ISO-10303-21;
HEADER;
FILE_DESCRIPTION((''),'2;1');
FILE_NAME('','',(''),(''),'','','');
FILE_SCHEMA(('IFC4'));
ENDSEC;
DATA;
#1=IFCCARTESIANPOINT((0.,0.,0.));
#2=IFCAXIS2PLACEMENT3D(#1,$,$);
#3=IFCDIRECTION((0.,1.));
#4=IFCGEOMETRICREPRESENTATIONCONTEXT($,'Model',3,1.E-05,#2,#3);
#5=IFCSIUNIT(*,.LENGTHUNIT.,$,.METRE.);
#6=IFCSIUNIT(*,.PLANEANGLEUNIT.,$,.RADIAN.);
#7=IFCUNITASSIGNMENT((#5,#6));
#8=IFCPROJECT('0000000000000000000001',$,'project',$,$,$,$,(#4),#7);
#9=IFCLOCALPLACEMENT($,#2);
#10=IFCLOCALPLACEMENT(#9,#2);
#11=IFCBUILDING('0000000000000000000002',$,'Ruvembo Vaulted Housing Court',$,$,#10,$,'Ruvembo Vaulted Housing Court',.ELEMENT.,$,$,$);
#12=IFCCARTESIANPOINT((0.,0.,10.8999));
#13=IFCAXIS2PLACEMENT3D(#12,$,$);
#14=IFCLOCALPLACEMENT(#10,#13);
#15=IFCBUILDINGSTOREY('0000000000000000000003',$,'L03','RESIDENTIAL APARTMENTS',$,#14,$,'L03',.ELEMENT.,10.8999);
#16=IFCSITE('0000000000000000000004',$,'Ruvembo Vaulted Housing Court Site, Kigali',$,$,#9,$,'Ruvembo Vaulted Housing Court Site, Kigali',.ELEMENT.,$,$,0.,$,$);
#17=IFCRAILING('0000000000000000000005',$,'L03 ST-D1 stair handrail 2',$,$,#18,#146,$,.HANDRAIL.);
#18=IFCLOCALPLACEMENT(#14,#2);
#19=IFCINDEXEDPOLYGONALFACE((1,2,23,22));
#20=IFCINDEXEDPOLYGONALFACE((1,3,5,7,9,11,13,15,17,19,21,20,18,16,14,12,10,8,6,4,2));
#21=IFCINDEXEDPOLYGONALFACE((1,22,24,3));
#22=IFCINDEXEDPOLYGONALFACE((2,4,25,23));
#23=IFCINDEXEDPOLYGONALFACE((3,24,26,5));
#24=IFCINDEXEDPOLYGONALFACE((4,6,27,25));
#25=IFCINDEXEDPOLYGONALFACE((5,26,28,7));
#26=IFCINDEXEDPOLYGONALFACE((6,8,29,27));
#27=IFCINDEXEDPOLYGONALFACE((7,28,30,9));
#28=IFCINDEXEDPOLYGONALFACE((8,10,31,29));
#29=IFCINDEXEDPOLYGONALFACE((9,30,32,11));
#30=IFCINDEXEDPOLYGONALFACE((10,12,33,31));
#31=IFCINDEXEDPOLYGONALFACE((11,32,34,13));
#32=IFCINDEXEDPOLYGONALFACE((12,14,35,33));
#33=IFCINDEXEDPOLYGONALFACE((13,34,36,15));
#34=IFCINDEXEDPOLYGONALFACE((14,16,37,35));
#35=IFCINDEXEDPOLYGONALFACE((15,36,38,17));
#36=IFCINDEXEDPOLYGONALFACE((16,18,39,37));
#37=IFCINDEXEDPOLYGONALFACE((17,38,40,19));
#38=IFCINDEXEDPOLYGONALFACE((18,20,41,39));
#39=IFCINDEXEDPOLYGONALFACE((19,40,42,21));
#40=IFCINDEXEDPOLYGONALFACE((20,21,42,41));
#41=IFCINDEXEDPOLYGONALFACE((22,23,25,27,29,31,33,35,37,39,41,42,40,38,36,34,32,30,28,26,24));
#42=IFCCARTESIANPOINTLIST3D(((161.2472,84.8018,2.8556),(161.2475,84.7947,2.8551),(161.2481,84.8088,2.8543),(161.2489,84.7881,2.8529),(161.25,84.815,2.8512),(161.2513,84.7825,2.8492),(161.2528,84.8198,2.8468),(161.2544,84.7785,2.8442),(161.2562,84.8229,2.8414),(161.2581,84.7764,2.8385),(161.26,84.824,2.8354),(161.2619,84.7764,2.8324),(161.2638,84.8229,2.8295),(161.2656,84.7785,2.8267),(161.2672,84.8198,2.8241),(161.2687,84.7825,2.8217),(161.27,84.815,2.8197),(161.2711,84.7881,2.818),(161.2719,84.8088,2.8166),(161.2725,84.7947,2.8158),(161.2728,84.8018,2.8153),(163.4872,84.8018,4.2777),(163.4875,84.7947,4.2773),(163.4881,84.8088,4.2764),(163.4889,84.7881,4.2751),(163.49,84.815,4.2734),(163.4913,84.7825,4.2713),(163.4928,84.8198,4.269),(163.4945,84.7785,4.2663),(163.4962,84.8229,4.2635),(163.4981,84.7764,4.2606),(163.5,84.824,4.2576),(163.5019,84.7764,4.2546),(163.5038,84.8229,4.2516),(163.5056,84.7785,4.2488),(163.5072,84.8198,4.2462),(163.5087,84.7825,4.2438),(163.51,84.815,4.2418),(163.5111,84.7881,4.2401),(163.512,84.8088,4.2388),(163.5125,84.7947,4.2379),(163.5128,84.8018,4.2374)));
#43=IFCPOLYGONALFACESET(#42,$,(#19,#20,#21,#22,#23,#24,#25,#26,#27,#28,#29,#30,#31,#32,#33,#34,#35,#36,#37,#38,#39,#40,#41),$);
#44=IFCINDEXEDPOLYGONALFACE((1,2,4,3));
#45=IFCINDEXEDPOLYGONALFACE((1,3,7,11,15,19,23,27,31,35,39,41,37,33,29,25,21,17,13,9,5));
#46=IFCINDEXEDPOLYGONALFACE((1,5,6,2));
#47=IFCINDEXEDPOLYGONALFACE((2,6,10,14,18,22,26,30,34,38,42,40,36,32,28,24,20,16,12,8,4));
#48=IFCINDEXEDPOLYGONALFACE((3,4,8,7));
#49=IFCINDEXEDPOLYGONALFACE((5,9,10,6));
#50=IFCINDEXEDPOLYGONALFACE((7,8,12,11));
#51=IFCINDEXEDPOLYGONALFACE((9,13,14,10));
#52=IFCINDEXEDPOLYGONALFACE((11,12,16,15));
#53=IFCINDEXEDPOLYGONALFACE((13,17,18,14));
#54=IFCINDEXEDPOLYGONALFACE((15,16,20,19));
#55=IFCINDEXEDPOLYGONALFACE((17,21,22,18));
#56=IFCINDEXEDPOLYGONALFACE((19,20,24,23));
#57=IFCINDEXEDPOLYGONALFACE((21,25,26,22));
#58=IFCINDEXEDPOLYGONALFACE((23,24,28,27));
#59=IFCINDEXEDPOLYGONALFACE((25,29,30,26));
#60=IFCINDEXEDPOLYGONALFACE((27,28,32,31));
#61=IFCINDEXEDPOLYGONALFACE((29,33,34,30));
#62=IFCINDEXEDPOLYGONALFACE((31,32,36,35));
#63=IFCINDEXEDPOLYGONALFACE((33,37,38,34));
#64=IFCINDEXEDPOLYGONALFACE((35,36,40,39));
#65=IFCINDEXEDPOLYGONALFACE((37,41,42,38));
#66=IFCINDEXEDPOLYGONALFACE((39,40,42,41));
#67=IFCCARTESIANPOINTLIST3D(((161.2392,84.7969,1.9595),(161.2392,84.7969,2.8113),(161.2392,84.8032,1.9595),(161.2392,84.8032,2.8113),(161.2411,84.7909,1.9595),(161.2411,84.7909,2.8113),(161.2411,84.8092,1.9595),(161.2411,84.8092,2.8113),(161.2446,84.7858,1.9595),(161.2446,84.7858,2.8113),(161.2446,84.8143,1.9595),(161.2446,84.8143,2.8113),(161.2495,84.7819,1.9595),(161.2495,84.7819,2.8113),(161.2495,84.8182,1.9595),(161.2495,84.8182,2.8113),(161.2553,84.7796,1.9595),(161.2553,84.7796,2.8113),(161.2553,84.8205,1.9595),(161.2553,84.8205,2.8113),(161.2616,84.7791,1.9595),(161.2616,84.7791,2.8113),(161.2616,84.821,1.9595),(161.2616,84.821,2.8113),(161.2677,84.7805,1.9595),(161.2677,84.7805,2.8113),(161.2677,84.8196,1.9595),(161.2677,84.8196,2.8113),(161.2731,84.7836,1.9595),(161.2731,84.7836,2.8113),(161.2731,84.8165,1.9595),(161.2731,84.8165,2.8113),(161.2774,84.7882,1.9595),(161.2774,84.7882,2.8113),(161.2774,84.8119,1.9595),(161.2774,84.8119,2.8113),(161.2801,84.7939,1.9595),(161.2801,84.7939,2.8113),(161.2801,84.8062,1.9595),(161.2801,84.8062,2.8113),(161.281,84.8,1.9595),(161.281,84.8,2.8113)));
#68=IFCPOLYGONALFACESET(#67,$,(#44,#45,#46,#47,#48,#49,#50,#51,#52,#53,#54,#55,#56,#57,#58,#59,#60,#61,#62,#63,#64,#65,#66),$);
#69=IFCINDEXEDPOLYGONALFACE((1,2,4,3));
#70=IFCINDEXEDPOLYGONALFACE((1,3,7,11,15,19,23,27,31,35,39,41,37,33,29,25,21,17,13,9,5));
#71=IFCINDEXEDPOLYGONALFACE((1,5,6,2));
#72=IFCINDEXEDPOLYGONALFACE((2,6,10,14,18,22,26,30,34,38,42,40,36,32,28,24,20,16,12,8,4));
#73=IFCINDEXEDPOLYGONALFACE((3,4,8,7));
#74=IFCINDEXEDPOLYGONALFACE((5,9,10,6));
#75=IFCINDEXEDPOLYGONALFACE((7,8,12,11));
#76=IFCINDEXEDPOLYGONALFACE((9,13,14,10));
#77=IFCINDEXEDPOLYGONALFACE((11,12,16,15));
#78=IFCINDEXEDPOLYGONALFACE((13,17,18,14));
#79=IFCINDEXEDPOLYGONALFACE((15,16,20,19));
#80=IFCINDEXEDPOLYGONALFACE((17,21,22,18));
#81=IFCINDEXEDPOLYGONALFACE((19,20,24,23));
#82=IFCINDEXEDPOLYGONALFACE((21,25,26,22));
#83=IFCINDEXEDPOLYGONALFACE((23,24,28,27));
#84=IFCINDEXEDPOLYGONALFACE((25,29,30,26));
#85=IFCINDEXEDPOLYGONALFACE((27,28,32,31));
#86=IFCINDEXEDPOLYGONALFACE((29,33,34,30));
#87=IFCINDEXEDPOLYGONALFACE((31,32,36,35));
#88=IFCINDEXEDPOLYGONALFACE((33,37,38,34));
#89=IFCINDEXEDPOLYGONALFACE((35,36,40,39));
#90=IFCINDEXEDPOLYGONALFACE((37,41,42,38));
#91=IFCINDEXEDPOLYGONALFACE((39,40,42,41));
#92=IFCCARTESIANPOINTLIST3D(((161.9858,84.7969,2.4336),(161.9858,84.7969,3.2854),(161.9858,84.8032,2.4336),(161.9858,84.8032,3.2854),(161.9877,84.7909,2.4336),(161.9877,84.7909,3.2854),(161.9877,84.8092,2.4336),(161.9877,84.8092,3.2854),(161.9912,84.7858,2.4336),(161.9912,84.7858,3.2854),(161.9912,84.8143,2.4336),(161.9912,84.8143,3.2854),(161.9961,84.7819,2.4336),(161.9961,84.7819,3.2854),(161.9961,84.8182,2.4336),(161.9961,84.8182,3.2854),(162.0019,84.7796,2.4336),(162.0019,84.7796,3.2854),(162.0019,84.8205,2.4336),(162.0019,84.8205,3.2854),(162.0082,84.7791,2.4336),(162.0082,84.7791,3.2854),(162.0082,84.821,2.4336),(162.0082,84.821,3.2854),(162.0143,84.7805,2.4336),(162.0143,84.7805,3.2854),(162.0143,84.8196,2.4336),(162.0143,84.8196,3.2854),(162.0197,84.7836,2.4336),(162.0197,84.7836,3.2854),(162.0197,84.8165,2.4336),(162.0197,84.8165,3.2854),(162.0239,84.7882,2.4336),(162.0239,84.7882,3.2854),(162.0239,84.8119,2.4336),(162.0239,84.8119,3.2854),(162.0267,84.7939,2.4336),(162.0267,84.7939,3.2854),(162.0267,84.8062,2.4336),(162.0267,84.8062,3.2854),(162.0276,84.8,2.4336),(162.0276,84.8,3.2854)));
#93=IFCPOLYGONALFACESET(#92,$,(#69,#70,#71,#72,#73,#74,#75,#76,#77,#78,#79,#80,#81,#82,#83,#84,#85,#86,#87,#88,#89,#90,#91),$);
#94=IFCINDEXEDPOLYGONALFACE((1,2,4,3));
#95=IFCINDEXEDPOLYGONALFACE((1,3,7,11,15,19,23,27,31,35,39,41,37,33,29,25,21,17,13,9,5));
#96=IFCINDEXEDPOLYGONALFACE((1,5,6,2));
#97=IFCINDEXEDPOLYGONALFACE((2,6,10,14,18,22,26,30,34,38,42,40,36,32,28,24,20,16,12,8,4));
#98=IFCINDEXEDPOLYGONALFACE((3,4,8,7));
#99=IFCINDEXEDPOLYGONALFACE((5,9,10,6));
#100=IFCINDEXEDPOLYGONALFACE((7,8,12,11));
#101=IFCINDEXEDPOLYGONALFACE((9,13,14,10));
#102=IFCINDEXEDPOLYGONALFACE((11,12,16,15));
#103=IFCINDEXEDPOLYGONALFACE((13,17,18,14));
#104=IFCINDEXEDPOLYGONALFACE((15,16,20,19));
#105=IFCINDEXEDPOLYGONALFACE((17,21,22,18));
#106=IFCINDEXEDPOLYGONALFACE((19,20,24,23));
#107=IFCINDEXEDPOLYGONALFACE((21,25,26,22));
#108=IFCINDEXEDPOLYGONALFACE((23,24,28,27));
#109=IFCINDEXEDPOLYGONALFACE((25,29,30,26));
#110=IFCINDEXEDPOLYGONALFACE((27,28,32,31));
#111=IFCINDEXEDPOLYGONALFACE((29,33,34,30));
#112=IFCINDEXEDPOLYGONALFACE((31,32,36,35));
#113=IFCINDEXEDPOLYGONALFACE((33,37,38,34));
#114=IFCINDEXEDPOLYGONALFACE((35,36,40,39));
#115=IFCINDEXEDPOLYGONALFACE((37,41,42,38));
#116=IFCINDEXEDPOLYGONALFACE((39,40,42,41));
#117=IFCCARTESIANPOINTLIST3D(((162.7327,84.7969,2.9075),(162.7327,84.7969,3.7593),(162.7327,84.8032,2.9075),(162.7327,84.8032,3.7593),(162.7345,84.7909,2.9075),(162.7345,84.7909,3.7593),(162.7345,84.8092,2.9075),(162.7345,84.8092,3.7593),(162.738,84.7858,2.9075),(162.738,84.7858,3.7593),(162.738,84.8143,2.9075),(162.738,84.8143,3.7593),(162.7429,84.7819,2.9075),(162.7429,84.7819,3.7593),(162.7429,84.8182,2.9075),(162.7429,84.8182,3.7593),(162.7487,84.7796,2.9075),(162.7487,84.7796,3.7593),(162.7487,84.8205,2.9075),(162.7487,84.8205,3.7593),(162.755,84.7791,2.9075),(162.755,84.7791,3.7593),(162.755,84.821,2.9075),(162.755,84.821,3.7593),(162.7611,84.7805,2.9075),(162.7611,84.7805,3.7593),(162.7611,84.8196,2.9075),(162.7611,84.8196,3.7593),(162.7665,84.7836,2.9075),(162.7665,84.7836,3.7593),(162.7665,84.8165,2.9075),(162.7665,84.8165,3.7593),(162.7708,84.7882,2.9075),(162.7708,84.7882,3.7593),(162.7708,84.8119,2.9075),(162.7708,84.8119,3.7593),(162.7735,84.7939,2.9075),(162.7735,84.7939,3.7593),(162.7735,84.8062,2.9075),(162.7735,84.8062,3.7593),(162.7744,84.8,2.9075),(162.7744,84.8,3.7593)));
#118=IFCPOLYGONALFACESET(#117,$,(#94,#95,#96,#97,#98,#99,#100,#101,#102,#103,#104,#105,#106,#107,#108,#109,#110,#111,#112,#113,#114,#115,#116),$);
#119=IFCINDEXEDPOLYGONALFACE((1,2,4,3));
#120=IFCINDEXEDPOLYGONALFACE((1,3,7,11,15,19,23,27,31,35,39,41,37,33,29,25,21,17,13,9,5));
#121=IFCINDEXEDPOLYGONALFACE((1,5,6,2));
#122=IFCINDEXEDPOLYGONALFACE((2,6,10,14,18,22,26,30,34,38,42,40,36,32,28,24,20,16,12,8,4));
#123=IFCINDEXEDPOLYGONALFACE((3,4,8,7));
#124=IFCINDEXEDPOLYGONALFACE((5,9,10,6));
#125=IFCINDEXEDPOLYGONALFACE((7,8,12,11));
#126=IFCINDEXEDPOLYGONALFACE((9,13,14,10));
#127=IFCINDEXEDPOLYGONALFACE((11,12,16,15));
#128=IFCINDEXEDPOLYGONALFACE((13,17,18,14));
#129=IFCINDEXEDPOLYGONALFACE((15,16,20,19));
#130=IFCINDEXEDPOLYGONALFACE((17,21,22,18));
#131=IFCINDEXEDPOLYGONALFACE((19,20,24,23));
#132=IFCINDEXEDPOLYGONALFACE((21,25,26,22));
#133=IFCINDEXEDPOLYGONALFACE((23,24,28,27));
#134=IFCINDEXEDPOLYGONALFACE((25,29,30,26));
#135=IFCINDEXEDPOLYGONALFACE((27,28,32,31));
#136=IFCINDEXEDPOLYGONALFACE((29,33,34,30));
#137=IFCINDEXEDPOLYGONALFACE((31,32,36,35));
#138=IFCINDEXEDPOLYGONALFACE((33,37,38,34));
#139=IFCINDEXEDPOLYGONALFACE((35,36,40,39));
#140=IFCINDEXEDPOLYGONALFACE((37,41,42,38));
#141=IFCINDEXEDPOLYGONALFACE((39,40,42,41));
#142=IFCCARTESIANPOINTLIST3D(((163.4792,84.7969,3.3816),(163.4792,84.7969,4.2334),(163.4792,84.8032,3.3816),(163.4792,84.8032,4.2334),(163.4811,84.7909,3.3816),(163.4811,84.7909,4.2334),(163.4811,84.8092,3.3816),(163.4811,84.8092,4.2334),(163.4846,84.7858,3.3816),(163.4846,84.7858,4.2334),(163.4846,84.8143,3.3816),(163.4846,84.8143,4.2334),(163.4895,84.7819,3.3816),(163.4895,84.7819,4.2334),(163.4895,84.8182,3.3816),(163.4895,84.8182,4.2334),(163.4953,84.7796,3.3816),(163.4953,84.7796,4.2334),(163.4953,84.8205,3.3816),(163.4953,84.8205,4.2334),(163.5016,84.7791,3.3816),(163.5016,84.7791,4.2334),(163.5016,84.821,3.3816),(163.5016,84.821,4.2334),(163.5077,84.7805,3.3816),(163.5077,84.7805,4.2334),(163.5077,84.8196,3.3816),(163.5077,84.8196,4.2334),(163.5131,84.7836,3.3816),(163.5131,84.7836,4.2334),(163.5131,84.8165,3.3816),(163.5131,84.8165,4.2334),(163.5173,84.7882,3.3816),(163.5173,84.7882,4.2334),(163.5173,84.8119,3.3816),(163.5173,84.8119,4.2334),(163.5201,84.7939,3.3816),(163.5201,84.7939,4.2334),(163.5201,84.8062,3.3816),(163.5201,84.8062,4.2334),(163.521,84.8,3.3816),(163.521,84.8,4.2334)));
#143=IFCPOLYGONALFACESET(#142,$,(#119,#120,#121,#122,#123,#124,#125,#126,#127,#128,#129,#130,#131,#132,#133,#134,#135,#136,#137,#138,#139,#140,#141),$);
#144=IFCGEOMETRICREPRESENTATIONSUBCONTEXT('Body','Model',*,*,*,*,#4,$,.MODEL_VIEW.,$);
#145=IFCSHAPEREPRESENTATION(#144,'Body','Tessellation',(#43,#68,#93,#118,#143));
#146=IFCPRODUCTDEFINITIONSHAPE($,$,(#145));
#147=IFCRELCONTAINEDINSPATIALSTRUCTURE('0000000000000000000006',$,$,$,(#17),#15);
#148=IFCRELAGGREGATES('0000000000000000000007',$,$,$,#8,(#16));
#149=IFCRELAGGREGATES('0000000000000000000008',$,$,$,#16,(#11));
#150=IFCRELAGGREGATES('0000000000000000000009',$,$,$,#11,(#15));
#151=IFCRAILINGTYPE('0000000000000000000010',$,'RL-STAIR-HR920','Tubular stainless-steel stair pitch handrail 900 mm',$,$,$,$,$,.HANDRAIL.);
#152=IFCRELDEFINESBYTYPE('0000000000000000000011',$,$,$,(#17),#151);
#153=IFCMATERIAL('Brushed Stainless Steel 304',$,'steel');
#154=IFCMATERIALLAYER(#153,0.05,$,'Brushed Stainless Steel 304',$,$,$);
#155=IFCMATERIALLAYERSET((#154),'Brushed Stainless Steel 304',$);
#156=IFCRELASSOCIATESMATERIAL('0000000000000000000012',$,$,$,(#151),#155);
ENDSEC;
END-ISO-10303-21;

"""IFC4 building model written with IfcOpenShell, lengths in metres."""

from ifc_helpers import new_model, si_unit, direction, frame, origin, origin_2d, place, context, subcontext, project, spatial, circle, extrude, material, layer, layer_set, type_object, element, save


model = new_model("IFC4")

# Units and contexts
model_context = context("Model", 3, precision=1e-05, world=origin(), true_north=direction((0.0, 1.0)))
body_context = subcontext(model_context, "Body", "Model", "MODEL_VIEW")
ifc_project = project(units=[si_unit("LENGTHUNIT", "METRE"), si_unit("PLANEANGLEUNIT", "RADIAN")], contexts=[model_context])

# Site, building, storey
site_placement = place(None, origin())
site = spatial("IfcSite", under=ifc_project, at=site_placement, Name="Ruvembo Vaulted Housing Court Site, Kigali", LongName="Ruvembo Vaulted Housing Court Site, Kigali", CompositionType="ELEMENT", RefElevation=0.0)
building_placement = place(site_placement, origin())
building = spatial("IfcBuilding", under=site, at=building_placement, Name="Ruvembo Vaulted Housing Court", LongName="Ruvembo Vaulted Housing Court", CompositionType="ELEMENT")
storey_placement = place(building_placement, frame((0.0, 0.0, 10.8999)))
storey = spatial("IfcBuildingStorey", under=building, at=storey_placement, Name="L03", Description="RESIDENTIAL APARTMENTS", LongName="L03", CompositionType="ELEMENT", Elevation=10.8999)

# Shared definitions
ifc_material_1 = material(Name="Brushed Stainless Steel 304", Category="steel")

# Railing
ifc_layer_1 = layer(ifc_material_1, 0.05, Name="Brushed Stainless Steel 304")
ifc_layer_set_1 = layer_set([ifc_layer_1], Name="Brushed Stainless Steel 304")
railing_type_1 = type_object("IfcRailingType", Name="RL-STAIR-HR920", Description="Tubular stainless-steel stair pitch handrail 900 mm", PredefinedType="HANDRAIL", material=ifc_layer_set_1)
railing_1_placement = place(storey_placement, frame((161.26, 84.8, 1.9595)))
element("IfcRailing", 1, at=railing_1_placement, inside=storey, type_object=railing_type_1, Name="L03 ST-D1 stair handrail 2", PredefinedType="HANDRAIL", context=body_context, shape_type="SweptSolid", body=[
    extrude(circle(Radius=0.0239, at=origin_2d()), frame((0.0, 0.0, 0.876), z_axis=(0.844229, 0.0, 0.535982), x_axis=(0.0, 1.0, 0.0)), (0.0, 0.0, 1.0), 2.6533),
    extrude(circle(Radius=0.021, at=origin_2d()), origin(), (0.0, 0.0, 1.0), 0.8518),
    extrude(circle(Radius=0.021, at=origin_2d()), frame((0.7466, 0.0, 0.4741)), (0.0, 0.0, 1.0), 0.8518),
    extrude(circle(Radius=0.021, at=origin_2d()), frame((1.4934, 0.0, 0.948)), (0.0, 0.0, 1.0), 0.8518),
    extrude(circle(Radius=0.021, at=origin_2d()), frame((2.24, 0.0, 1.4221)), (0.0, 0.0, 1.0), 0.8518),
])

save(model, "model.ifc")
